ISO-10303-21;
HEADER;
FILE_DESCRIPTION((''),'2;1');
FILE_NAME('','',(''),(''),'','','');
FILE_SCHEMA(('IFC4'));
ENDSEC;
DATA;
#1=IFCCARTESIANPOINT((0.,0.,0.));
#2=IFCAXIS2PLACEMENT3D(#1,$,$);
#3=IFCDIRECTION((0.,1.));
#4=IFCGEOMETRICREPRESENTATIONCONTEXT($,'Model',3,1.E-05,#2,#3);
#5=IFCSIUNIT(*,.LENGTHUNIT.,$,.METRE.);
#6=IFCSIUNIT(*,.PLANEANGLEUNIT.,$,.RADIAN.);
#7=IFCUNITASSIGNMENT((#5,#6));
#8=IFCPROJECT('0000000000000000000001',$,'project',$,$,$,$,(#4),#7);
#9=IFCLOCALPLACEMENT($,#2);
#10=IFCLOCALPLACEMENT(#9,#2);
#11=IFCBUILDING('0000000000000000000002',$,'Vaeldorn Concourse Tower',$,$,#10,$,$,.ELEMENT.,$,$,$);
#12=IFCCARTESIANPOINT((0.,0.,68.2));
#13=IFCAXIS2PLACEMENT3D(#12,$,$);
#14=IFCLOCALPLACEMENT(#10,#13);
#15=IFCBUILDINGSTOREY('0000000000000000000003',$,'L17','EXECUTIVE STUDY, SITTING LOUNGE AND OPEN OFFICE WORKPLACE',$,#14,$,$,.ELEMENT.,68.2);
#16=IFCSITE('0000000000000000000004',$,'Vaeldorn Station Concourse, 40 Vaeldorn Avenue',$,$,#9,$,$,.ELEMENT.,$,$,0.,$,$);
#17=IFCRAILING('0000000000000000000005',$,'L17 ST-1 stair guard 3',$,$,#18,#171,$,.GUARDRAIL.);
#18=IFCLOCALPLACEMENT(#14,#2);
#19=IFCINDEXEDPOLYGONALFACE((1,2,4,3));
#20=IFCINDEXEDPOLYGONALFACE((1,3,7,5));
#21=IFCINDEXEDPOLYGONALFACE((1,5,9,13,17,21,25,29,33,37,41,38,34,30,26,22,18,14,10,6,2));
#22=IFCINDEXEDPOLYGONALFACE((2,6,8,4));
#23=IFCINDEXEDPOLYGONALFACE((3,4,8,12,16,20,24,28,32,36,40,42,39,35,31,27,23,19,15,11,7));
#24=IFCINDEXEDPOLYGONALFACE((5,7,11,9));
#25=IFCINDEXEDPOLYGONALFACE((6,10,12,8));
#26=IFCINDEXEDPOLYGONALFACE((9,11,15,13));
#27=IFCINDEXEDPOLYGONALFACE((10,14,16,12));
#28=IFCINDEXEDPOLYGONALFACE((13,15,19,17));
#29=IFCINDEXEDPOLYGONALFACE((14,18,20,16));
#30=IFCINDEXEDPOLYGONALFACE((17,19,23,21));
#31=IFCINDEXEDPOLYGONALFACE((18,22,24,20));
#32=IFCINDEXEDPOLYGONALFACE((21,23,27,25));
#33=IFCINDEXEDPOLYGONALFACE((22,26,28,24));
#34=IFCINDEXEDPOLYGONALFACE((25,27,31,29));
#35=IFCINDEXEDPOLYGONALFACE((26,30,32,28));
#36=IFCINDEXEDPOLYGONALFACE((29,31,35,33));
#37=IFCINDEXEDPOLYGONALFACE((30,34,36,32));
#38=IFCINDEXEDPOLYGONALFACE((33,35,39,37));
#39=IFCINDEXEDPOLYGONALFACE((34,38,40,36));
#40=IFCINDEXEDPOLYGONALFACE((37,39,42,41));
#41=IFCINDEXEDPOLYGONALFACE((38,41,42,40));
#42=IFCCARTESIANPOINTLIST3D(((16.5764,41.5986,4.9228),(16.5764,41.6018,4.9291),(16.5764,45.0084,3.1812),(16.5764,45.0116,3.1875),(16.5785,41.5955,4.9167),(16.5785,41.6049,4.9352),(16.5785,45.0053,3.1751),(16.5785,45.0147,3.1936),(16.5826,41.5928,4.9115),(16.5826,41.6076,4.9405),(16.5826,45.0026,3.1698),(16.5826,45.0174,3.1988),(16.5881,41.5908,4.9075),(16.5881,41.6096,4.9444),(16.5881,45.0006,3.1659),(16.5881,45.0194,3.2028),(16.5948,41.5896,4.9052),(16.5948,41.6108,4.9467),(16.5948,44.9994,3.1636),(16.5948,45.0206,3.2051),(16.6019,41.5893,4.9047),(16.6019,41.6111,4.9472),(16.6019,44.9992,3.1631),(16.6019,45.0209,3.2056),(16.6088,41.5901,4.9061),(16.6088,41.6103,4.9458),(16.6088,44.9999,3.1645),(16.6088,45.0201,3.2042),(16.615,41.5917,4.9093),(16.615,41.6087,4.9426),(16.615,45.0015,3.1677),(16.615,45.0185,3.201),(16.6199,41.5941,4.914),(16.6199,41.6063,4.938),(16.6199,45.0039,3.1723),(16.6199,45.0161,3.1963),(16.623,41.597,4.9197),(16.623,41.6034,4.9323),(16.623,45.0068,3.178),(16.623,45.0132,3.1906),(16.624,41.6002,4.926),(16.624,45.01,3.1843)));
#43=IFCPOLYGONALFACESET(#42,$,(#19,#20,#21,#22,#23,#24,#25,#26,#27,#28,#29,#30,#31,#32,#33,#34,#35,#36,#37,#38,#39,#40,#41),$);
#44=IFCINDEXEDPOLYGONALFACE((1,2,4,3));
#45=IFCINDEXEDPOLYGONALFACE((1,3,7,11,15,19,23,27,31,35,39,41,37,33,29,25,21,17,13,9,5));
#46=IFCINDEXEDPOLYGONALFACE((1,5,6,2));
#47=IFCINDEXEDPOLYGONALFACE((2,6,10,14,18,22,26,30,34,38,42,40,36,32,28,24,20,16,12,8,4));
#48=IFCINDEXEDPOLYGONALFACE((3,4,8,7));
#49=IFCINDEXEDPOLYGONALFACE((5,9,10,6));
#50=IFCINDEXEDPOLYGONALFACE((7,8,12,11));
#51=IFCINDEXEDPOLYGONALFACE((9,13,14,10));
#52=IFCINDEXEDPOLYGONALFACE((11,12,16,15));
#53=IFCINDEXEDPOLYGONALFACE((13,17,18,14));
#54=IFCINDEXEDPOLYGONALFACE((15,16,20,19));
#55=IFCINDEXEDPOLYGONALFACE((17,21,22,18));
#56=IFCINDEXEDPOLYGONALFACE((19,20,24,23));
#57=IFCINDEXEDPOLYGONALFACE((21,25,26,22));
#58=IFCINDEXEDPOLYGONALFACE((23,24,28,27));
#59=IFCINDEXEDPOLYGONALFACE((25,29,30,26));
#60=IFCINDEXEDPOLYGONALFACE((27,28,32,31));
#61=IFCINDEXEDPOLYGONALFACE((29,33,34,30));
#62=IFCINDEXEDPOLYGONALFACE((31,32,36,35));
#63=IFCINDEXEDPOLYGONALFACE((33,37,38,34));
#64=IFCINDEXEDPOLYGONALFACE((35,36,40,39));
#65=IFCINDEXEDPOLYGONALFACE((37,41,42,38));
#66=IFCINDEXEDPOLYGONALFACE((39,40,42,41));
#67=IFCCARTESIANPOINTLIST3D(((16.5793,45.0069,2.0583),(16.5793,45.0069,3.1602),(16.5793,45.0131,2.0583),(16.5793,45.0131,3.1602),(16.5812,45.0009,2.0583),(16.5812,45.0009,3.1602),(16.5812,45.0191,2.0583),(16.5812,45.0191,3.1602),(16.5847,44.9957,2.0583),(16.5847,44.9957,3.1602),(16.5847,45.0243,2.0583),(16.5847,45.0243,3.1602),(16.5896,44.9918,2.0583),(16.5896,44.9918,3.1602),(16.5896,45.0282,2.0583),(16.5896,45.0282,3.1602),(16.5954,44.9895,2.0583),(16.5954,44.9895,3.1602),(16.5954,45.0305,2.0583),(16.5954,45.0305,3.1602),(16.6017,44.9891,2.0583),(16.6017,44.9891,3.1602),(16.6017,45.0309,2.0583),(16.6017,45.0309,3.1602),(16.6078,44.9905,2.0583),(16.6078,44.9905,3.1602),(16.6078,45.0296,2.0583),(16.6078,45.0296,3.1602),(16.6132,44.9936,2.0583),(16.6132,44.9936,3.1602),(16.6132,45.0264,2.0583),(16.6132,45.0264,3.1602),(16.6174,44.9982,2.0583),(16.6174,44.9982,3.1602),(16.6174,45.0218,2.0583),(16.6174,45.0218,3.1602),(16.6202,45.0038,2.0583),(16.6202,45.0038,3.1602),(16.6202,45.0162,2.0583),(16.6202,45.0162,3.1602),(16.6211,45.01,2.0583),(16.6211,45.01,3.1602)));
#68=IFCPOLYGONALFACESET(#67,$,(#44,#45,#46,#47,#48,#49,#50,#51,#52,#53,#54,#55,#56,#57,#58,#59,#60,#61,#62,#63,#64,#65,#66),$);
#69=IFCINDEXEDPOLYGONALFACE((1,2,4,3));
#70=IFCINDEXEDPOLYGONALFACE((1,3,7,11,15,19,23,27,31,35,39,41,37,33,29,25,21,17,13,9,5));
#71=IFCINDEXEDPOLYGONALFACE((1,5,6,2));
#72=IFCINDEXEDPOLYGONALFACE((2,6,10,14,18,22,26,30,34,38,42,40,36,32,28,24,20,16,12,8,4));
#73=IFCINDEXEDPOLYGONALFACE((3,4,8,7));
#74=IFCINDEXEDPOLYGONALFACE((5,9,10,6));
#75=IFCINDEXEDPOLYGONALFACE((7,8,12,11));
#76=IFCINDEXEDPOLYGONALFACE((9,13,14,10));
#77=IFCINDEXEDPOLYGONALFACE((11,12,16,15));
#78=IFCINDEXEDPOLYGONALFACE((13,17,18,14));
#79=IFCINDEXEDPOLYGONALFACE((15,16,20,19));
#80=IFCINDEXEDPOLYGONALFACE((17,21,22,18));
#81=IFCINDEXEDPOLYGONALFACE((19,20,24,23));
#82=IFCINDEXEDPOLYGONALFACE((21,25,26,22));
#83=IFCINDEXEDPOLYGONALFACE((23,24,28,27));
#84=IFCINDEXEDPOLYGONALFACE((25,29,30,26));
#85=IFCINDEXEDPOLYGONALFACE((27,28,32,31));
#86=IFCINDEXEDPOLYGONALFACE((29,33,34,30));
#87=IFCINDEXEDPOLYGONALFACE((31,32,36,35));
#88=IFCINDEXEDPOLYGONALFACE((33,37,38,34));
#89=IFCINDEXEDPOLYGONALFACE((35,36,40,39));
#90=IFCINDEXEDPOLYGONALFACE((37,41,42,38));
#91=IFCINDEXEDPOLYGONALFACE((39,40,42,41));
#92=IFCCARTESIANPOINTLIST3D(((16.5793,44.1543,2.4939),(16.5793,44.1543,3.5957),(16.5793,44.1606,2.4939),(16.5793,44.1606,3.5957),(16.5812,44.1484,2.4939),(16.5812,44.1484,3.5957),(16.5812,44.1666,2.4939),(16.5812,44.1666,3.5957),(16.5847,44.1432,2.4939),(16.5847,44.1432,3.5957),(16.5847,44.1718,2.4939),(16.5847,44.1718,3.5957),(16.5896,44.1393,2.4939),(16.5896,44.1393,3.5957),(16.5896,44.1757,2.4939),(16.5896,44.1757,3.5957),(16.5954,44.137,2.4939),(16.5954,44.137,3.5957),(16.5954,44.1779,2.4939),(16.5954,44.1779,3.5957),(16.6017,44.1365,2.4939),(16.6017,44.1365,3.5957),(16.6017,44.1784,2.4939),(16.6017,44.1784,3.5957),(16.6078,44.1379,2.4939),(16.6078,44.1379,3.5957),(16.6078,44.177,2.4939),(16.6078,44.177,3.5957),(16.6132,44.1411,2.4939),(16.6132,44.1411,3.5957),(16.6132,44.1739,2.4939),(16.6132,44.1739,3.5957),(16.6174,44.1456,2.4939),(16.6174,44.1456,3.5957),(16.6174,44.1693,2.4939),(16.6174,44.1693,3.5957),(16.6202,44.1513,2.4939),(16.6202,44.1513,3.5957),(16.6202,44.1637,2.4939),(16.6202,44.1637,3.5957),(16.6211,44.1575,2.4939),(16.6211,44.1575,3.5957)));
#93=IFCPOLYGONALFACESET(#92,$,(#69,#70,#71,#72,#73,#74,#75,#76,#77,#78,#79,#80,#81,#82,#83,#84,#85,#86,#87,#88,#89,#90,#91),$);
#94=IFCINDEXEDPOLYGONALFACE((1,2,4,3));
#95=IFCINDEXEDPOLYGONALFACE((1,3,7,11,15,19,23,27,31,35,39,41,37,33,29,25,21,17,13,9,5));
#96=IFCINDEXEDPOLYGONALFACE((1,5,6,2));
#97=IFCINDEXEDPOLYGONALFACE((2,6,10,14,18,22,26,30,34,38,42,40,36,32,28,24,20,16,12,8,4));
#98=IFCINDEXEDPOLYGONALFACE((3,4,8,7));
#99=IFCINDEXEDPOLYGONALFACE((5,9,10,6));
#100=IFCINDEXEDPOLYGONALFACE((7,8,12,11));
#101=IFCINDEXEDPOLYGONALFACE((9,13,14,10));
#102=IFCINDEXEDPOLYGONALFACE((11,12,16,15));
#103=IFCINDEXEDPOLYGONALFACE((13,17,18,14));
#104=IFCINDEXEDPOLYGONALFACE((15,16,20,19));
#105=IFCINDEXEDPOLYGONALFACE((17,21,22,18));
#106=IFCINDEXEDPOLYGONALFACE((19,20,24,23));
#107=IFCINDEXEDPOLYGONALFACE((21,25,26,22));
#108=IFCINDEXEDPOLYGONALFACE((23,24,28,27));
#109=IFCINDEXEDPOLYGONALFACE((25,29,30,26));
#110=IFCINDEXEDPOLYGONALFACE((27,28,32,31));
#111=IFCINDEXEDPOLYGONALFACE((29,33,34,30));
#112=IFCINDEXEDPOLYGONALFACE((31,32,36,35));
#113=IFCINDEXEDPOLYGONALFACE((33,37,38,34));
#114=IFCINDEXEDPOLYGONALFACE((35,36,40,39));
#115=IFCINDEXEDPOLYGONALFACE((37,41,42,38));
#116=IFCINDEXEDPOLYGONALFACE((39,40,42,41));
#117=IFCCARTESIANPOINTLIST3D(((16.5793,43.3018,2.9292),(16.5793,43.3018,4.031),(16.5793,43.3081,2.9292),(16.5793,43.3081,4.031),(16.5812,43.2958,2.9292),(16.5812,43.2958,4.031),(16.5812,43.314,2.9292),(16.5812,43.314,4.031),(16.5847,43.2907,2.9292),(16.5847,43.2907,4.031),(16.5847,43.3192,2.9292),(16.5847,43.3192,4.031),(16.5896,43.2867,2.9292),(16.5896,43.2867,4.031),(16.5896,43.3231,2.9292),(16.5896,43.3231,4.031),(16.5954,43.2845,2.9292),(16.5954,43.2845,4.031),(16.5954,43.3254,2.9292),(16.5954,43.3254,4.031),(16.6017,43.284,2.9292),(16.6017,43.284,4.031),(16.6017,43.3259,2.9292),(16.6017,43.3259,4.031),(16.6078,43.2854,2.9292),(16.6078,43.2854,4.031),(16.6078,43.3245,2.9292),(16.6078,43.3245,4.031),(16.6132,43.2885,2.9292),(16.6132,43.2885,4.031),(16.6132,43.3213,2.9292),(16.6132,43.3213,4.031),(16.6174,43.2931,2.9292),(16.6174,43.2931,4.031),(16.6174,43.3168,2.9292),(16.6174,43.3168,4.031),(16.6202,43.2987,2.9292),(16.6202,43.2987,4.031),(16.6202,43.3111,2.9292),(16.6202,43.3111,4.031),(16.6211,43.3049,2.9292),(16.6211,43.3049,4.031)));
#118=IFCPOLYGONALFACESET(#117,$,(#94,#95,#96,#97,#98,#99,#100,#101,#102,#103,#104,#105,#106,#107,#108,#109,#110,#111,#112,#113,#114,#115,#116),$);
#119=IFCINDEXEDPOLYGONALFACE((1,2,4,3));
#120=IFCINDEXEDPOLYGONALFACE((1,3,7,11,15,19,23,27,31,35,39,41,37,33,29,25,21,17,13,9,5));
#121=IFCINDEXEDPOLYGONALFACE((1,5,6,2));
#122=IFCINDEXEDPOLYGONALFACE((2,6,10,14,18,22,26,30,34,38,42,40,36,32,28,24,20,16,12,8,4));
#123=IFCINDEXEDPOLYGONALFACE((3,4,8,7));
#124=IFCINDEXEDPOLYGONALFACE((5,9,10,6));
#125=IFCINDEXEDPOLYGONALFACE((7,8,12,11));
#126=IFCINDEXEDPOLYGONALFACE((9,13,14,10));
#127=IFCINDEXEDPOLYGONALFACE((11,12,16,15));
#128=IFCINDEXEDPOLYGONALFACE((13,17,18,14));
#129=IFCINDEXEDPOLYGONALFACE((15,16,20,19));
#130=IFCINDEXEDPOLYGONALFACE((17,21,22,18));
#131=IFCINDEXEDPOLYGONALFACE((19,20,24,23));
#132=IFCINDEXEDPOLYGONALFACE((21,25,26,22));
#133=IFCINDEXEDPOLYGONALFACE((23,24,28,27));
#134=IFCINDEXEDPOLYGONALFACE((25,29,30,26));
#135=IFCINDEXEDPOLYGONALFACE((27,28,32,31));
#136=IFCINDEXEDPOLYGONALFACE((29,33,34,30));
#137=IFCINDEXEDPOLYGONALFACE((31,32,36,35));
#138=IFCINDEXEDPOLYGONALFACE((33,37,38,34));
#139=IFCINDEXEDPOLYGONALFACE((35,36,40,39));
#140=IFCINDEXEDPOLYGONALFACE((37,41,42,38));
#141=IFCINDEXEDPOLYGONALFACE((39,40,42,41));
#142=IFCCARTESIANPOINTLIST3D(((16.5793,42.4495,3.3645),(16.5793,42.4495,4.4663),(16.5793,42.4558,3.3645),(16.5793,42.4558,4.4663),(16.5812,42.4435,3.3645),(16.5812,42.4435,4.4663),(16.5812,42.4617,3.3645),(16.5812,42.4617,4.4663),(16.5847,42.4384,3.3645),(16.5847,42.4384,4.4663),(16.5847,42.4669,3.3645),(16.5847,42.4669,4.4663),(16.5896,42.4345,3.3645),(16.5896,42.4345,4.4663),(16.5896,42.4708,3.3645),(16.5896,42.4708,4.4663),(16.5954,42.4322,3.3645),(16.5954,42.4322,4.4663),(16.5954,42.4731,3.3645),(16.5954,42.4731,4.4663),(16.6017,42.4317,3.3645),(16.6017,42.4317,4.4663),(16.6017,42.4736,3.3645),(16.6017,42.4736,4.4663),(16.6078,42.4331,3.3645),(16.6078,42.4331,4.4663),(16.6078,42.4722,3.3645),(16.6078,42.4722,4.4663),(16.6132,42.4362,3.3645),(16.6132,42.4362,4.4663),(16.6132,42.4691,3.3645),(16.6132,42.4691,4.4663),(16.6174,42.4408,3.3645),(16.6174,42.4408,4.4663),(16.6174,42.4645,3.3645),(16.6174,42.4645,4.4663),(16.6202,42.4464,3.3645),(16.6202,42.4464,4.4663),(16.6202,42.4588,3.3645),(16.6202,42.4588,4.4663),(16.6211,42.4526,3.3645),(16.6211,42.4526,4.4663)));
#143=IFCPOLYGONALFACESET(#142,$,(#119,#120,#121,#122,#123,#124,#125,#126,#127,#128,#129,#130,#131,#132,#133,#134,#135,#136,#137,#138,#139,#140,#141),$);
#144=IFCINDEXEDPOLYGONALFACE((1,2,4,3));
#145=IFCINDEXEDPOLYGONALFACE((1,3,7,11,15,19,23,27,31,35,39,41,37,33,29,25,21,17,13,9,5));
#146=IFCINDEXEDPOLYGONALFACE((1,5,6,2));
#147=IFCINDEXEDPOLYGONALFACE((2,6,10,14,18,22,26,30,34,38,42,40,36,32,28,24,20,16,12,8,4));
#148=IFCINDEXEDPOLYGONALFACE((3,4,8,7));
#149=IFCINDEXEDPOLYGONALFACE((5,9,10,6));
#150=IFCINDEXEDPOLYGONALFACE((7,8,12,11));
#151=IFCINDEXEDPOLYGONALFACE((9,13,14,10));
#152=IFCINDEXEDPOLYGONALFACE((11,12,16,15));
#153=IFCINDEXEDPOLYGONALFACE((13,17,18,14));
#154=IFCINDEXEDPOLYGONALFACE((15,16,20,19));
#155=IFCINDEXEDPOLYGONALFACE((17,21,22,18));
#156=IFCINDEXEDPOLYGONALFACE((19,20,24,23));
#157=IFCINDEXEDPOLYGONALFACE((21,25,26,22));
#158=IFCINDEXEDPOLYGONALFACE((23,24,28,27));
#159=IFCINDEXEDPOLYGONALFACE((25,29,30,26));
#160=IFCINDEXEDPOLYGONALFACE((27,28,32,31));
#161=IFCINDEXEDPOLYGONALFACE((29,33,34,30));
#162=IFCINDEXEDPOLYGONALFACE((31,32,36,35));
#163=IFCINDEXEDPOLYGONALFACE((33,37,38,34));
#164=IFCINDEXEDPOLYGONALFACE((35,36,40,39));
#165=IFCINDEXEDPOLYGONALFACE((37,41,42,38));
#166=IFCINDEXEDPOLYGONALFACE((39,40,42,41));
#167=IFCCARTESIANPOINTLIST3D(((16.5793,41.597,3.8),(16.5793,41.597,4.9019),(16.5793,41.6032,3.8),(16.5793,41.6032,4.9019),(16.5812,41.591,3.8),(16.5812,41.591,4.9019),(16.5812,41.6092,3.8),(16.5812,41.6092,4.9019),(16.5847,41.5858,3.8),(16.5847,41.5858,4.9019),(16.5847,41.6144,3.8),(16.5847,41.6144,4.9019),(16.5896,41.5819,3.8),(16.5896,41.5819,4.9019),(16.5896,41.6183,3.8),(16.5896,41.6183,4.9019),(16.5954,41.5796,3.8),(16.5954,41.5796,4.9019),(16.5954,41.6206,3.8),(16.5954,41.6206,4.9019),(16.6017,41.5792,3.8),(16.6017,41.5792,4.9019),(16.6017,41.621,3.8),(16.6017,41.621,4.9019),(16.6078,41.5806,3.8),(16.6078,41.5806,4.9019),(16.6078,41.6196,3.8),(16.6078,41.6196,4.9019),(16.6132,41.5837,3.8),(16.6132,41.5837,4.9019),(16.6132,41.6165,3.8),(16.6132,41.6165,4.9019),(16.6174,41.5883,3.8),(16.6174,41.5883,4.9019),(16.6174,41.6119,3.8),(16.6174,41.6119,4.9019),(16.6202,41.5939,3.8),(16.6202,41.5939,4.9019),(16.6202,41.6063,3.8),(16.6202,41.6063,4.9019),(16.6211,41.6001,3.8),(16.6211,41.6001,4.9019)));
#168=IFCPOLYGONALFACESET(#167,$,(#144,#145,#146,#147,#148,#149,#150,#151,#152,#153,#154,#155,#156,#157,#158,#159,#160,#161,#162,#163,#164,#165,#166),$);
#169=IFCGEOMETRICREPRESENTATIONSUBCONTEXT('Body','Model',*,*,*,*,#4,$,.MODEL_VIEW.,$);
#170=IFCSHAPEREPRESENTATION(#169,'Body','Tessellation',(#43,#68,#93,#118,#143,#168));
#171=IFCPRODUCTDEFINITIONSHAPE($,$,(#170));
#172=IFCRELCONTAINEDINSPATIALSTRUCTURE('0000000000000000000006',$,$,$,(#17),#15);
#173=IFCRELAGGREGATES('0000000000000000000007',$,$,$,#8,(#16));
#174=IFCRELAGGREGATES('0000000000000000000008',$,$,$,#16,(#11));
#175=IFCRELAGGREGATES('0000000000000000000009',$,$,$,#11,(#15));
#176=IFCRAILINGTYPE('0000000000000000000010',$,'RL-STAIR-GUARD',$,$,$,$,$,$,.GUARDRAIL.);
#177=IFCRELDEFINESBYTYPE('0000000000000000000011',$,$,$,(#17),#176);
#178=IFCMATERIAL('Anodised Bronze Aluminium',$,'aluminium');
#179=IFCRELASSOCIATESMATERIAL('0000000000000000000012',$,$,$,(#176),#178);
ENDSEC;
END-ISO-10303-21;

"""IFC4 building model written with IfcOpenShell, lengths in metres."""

from ifc_helpers import new_model, si_unit, direction, frame, origin, origin_2d, place, context, subcontext, project, spatial, circle, extrude, material, type_object, element, save


model = new_model("IFC4")

# Units and contexts
model_context = context("Model", 3, precision=1e-05, world=origin(), true_north=direction((0.0, 1.0)))
body_context = subcontext(model_context, "Body", "Model", "MODEL_VIEW")
ifc_project = project(units=[si_unit("LENGTHUNIT", "METRE"), si_unit("PLANEANGLEUNIT", "RADIAN")], contexts=[model_context])

# Site, building, storey
site_placement = place(None, origin())
site = spatial("IfcSite", under=ifc_project, at=site_placement, Name="Vaeldorn Station Concourse, 40 Vaeldorn Avenue", CompositionType="ELEMENT", RefElevation=0.0)
building_placement = place(site_placement, origin())
building = spatial("IfcBuilding", under=site, at=building_placement, Name="Vaeldorn Concourse Tower", CompositionType="ELEMENT")
storey_placement = place(building_placement, frame((0.0, 0.0, 68.2)))
storey = spatial("IfcBuildingStorey", under=building, at=storey_placement, Name="L17", Description="EXECUTIVE STUDY, SITTING LOUNGE AND OPEN OFFICE WORKPLACE", CompositionType="ELEMENT", Elevation=68.2)

# Shared definitions
ifc_material_1 = material(Name="Anodised Bronze Aluminium", Category="aluminium")

# Railing
railing_type_1 = type_object("IfcRailingType", Name="RL-STAIR-GUARD", PredefinedType="GUARDRAIL", material=ifc_material_1)
railing_1_placement = place(storey_placement, frame((16.6001, 45.01, 2.0583)))
element("IfcRailing", 1, at=railing_1_placement, inside=storey, type_object=railing_type_1, Name="L17 ST-1 stair guard 3", PredefinedType="GUARDRAIL", context=body_context, shape_type="SweptSolid", body=[
    extrude(circle(Radius=0.0239, at=origin_2d()), frame((0.0, 0.0, 1.126), z_axis=(0.0, -0.890556, 0.454874), x_axis=(1.0, 0.0, 0.0)), (0.0, 0.0, 1.0), 3.8289),
    extrude(circle(Radius=0.021, at=origin_2d()), origin(), (0.0, 0.0, 1.0), 1.1018),
    extrude(circle(Radius=0.021, at=origin_2d()), frame((0.0, -0.8525, 0.4355)), (0.0, 0.0, 1.0), 1.1018),
    extrude(circle(Radius=0.021, at=origin_2d()), frame((0.0, -1.7051, 0.8708)), (0.0, 0.0, 1.0), 1.1018),
    extrude(circle(Radius=0.021, at=origin_2d()), frame((0.0, -2.5574, 1.3062)), (0.0, 0.0, 1.0), 1.1018),
    extrude(circle(Radius=0.021, at=origin_2d()), frame((0.0, -3.4099, 1.7417)), (0.0, 0.0, 1.0), 1.1018),
])

save(model, "model.ifc")
